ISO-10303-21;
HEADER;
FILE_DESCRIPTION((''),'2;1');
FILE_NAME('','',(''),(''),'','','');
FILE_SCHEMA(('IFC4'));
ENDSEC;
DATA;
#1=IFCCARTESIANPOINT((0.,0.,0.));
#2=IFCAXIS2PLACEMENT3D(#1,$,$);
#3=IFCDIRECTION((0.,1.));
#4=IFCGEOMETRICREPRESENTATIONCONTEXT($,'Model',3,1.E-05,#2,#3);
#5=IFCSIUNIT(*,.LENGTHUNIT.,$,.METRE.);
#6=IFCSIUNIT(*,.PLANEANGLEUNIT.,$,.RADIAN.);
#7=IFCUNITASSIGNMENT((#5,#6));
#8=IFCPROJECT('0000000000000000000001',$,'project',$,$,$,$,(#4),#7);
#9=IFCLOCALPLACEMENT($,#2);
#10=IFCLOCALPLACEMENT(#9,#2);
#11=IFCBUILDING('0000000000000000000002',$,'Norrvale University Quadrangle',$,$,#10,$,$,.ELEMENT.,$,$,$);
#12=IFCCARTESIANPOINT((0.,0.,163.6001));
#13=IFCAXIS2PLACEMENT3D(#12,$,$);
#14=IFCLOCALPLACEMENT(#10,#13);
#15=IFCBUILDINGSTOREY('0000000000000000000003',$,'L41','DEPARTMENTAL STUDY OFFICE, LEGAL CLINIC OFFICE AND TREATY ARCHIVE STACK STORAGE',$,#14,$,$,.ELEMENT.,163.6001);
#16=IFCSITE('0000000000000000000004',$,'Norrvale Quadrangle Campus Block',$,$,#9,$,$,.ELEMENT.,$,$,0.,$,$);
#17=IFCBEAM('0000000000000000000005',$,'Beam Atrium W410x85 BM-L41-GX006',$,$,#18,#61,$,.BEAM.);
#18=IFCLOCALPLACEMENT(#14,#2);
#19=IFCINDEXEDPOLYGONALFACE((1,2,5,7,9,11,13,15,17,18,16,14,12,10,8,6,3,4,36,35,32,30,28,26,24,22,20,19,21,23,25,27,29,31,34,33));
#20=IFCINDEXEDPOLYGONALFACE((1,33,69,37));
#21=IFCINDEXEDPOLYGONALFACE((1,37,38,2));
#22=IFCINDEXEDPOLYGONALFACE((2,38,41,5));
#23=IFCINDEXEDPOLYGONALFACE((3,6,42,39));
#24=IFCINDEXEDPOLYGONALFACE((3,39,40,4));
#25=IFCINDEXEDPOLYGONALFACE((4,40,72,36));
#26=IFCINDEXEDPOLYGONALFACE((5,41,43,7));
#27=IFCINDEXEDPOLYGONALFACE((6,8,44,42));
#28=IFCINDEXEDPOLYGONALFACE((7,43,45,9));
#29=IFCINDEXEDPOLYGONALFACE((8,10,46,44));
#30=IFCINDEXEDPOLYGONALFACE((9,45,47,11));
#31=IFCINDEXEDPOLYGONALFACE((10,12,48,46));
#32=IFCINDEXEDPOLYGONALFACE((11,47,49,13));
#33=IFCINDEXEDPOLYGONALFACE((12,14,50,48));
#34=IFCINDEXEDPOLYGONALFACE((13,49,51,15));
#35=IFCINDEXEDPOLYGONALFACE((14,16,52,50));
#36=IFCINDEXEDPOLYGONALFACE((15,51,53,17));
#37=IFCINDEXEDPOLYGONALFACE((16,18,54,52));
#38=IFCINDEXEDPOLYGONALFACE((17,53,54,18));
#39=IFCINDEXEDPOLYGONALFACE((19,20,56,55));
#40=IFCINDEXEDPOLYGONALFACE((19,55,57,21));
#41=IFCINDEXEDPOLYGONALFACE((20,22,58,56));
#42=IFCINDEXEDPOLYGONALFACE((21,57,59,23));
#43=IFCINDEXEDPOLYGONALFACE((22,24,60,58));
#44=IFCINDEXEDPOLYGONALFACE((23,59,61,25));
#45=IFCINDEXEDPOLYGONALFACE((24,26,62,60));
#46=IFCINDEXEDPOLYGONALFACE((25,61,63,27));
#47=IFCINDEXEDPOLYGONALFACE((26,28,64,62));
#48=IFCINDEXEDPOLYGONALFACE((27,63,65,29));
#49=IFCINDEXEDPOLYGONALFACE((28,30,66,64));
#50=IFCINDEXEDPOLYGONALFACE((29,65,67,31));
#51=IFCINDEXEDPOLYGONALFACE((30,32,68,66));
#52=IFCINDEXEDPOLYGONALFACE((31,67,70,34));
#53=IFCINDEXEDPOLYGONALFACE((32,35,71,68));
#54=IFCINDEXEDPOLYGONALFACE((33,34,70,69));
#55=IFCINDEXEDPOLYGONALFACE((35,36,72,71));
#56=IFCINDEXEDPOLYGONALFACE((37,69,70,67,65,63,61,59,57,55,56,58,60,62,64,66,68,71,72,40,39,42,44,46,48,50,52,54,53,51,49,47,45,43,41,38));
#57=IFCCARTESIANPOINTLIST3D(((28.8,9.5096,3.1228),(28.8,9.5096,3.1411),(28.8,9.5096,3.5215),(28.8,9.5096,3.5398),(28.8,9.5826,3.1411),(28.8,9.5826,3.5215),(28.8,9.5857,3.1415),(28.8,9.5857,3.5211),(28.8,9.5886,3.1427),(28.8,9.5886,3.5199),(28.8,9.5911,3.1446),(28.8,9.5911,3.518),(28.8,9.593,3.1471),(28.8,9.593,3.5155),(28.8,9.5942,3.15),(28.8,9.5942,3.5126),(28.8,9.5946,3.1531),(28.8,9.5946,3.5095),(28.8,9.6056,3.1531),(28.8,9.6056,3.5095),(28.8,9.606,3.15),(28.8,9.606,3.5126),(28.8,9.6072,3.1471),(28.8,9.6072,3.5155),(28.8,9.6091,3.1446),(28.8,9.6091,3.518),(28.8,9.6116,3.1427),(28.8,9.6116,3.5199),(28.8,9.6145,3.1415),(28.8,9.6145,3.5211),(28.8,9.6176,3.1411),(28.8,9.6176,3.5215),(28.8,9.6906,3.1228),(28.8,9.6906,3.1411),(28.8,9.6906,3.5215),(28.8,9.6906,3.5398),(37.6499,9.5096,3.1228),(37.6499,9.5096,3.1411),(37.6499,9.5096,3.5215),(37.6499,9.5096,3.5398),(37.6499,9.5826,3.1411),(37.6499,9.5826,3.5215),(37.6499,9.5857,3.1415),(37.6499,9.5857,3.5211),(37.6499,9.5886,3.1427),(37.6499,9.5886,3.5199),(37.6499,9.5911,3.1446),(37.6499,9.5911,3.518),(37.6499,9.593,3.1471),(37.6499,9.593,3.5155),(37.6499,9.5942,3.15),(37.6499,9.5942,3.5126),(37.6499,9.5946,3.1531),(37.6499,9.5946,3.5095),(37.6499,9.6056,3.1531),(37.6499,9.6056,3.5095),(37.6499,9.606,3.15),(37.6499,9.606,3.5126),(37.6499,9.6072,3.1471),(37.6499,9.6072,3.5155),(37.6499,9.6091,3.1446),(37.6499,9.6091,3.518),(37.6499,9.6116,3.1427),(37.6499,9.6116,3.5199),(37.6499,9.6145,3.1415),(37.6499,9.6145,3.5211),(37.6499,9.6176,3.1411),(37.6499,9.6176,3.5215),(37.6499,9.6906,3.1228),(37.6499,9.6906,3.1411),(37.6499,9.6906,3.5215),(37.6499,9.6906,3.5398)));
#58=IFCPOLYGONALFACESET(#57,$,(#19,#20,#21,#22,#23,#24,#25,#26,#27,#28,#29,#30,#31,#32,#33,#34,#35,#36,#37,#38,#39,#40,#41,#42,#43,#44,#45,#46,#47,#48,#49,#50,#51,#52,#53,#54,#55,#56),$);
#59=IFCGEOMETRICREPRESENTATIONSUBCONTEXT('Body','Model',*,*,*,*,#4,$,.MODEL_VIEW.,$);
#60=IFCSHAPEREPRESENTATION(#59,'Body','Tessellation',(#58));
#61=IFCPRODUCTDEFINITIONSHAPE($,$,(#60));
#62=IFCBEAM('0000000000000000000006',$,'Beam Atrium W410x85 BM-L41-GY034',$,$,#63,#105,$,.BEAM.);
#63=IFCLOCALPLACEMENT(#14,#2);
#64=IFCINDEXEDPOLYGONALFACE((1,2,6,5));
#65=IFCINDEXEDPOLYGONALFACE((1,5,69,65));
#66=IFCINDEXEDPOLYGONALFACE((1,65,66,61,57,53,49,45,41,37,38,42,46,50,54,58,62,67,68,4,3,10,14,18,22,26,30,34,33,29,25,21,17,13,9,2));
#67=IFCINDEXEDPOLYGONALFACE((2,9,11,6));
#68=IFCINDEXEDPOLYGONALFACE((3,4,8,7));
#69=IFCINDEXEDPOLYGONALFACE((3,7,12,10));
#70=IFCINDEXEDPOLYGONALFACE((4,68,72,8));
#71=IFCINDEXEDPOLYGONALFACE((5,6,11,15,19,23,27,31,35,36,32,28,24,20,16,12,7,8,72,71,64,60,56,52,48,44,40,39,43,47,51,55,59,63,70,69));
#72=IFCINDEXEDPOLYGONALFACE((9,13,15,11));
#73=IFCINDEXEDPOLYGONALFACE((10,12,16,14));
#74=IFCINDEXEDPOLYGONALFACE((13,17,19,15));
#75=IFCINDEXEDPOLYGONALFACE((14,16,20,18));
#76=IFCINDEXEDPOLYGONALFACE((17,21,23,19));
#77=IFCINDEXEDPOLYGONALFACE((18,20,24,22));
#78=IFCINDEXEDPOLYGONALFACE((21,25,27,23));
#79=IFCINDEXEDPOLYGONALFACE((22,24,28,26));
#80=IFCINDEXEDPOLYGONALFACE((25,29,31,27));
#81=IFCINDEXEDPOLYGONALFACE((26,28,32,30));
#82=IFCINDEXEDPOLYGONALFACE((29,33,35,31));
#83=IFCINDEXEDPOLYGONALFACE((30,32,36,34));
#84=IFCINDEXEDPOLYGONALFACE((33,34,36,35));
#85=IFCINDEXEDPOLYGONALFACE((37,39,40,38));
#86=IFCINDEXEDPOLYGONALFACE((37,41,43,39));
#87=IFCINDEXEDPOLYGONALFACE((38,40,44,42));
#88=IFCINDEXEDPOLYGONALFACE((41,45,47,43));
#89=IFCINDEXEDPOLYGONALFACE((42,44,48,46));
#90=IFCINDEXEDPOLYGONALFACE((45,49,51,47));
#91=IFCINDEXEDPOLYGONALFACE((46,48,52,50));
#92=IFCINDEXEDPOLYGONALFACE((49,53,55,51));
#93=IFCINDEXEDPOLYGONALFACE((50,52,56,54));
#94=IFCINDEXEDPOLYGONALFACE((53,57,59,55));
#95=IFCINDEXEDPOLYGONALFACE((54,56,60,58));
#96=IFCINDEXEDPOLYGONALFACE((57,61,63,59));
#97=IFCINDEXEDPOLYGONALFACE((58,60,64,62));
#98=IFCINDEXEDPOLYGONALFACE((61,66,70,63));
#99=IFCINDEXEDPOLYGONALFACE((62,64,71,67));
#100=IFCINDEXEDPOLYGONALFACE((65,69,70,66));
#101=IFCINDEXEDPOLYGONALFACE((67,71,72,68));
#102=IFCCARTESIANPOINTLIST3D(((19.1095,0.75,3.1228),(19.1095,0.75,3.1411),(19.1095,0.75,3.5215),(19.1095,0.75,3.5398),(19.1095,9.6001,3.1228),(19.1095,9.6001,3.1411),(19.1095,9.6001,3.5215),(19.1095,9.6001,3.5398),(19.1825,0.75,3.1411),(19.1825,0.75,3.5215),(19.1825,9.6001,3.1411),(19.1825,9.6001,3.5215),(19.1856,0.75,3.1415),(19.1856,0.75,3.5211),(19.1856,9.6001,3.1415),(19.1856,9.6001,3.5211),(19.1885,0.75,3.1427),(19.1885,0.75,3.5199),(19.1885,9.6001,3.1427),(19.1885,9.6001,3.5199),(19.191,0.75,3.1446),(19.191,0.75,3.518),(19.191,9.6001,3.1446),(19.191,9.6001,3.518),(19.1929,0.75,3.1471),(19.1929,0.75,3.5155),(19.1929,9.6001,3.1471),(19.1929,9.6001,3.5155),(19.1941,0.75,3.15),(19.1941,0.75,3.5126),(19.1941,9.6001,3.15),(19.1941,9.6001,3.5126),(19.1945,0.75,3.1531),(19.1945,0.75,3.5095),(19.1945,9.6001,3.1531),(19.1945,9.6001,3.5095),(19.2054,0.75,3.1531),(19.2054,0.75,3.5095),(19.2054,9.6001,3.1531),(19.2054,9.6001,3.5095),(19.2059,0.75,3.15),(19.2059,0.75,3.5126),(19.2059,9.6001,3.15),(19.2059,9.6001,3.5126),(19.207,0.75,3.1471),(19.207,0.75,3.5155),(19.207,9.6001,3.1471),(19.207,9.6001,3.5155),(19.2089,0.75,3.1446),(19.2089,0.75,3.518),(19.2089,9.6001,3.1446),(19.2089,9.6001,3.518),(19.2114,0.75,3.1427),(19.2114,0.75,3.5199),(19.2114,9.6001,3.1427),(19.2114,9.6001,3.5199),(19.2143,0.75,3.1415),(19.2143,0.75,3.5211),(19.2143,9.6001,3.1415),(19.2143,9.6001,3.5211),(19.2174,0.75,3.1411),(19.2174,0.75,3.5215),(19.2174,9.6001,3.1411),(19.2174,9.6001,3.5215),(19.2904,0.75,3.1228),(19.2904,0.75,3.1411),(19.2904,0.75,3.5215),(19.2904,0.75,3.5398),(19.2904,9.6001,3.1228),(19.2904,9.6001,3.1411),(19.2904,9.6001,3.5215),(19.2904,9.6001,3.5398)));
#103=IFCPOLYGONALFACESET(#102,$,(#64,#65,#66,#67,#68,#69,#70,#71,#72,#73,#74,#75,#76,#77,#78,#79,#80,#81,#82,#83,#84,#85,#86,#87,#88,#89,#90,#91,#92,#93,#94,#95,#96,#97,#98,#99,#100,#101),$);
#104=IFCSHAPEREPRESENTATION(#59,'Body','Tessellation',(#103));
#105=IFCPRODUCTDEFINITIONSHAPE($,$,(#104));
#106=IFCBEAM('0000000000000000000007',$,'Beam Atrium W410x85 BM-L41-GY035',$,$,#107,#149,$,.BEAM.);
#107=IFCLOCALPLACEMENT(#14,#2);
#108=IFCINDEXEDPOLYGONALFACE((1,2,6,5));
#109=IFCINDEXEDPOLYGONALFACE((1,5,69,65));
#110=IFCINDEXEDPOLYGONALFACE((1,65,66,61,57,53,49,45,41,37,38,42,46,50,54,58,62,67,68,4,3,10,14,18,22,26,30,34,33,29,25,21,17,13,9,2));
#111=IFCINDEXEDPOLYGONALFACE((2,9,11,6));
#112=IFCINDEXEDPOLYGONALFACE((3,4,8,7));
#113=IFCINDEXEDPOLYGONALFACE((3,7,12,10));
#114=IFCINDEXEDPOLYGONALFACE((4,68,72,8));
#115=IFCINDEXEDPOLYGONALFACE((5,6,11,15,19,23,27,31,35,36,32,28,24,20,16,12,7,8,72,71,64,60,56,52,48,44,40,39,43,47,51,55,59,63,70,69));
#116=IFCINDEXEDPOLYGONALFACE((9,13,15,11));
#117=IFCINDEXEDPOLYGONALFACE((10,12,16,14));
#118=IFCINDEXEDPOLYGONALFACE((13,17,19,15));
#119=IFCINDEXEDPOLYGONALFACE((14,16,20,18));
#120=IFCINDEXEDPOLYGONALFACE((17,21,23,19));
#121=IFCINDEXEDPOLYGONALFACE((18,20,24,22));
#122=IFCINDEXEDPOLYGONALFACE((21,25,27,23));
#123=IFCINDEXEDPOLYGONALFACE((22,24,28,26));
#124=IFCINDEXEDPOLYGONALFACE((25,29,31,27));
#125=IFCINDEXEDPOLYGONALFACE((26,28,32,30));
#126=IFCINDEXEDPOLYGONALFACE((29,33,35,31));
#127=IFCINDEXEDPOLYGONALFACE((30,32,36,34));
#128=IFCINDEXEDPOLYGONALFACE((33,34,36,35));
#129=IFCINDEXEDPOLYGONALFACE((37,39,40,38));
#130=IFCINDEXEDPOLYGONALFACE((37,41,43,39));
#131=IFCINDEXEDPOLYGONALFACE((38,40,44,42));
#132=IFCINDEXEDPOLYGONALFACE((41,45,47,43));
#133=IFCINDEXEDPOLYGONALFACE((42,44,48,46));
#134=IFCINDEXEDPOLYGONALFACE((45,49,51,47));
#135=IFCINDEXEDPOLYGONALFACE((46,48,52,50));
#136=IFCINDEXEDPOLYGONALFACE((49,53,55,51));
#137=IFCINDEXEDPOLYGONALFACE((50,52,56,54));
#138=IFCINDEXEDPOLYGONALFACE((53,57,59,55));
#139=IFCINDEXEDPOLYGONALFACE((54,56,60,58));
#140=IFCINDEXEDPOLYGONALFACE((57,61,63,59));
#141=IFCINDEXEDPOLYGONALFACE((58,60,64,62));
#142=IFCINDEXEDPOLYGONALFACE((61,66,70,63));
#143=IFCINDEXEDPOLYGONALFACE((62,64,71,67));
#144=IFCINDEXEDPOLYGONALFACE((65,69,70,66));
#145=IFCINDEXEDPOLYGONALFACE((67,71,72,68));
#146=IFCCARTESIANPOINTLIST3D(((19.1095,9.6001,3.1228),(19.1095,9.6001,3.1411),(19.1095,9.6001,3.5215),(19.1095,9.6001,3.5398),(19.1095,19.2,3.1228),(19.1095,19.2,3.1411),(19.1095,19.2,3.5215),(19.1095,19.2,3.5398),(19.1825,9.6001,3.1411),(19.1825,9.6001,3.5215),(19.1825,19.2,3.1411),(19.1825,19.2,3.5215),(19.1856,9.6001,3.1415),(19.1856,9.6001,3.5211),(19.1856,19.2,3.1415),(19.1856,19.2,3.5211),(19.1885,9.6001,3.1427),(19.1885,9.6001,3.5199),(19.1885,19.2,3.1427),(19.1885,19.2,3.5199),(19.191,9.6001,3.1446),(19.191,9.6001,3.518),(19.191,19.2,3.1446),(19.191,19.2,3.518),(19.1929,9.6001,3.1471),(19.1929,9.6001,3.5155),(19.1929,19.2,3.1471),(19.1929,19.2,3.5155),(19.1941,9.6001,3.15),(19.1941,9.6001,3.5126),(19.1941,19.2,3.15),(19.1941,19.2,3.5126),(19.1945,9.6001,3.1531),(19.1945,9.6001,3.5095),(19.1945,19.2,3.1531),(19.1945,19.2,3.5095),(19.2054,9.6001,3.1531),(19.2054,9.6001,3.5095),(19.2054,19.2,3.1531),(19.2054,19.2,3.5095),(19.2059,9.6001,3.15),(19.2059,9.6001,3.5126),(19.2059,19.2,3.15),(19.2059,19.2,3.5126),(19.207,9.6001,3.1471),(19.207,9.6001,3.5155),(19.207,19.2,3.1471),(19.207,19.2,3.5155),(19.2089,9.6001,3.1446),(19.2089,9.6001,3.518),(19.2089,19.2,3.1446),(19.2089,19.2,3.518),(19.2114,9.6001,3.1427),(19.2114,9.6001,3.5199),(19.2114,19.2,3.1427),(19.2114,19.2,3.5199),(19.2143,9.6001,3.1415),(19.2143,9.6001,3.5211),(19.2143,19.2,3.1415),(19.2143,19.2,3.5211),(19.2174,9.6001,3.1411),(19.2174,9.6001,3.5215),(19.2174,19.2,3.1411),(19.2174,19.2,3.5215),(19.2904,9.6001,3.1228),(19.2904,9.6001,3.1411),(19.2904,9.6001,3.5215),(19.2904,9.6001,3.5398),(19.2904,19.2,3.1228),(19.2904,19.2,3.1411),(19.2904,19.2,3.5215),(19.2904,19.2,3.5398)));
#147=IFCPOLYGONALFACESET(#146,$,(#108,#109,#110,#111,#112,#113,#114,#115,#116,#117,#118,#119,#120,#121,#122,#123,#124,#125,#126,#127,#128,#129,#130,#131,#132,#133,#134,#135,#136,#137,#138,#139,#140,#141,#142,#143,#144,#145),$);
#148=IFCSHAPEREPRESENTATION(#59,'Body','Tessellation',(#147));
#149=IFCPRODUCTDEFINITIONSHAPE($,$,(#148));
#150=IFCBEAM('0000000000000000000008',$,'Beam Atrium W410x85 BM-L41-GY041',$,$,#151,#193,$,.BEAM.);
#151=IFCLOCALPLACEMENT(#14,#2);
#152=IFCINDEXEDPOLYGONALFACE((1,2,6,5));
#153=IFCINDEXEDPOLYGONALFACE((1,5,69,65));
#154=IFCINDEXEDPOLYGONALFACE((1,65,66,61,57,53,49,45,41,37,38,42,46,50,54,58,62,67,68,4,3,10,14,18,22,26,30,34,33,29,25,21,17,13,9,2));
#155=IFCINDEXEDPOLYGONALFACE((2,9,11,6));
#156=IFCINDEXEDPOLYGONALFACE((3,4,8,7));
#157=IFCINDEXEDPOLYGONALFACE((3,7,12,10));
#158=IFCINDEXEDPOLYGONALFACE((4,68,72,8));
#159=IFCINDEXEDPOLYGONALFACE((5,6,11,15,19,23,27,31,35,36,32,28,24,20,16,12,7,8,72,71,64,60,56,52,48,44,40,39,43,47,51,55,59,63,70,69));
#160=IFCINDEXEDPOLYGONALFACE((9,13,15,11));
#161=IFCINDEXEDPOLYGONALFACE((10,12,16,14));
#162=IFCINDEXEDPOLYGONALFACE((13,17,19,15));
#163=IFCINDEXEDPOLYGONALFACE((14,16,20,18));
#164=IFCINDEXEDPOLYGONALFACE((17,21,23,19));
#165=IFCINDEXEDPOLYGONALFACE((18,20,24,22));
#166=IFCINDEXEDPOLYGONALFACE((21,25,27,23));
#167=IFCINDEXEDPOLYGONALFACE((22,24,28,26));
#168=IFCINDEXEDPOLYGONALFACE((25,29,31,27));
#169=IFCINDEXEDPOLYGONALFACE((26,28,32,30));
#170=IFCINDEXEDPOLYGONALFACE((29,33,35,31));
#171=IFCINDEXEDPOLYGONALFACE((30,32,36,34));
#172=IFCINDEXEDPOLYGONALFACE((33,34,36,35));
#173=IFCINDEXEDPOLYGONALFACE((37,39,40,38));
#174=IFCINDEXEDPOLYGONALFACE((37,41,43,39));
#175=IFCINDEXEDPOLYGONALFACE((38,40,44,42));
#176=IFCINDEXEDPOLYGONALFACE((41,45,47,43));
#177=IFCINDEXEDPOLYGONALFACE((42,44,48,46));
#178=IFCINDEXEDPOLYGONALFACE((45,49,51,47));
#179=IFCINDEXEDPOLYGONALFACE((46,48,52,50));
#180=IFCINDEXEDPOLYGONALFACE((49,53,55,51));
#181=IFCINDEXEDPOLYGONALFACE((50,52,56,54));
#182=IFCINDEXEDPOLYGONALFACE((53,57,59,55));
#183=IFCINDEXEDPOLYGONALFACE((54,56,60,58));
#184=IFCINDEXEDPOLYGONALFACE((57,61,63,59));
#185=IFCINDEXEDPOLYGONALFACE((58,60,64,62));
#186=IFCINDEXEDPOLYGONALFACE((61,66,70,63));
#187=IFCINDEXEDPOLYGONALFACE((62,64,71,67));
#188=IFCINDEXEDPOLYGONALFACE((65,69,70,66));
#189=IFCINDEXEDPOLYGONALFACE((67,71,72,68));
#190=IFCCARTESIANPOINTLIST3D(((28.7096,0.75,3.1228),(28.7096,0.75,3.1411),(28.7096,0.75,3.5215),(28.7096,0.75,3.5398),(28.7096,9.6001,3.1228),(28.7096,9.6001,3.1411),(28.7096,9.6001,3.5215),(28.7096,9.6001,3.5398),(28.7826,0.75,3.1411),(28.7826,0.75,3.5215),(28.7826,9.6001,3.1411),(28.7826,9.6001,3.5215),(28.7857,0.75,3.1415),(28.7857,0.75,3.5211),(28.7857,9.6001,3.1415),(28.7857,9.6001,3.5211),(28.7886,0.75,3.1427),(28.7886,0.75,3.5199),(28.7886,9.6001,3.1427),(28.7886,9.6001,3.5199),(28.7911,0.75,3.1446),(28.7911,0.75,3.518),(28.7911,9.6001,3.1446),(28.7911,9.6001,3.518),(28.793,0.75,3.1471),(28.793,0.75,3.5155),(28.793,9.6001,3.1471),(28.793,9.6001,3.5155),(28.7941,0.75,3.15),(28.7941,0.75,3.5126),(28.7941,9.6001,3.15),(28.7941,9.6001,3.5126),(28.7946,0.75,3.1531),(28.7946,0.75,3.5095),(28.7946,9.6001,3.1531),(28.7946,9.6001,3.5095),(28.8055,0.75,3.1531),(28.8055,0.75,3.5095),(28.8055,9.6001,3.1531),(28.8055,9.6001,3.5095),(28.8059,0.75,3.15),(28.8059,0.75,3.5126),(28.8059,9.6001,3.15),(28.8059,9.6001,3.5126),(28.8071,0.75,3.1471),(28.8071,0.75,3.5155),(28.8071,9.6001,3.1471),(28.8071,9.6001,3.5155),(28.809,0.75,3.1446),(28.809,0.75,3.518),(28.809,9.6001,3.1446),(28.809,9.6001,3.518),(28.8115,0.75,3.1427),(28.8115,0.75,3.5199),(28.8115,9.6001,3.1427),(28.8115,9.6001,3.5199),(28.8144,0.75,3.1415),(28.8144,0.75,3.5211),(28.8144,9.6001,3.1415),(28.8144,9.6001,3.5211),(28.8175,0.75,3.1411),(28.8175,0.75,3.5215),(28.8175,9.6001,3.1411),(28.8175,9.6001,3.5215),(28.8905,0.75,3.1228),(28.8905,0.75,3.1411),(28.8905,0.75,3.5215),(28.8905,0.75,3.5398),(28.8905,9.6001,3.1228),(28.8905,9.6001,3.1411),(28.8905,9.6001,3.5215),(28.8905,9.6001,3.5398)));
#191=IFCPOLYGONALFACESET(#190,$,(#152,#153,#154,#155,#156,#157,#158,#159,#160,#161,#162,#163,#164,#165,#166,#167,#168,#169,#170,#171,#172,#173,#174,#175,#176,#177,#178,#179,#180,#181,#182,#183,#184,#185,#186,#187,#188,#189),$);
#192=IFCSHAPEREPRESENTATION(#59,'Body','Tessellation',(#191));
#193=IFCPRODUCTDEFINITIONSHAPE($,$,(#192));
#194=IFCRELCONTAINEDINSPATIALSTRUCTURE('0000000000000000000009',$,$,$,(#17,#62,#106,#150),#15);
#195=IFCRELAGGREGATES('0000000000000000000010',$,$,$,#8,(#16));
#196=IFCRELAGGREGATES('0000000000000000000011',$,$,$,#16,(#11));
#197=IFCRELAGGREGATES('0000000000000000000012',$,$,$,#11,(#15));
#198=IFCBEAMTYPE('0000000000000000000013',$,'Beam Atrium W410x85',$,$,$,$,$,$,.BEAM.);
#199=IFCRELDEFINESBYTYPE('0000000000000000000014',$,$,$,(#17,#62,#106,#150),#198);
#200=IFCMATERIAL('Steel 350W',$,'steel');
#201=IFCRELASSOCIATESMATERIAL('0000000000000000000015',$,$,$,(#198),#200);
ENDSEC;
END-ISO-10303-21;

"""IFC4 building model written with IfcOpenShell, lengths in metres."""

from ifc_helpers import new_model, si_unit, direction, frame, origin, origin_2d, place, context, subcontext, project, spatial, i_section, extrude, material, material_profile, profile_set, type_object, element, save


model = new_model("IFC4")

# Units and contexts
model_context = context("Model", 3, precision=1e-05, world=origin(), true_north=direction((0.0, 1.0)))
body_context = subcontext(model_context, "Body", "Model", "MODEL_VIEW")
ifc_project = project(units=[si_unit("LENGTHUNIT", "METRE"), si_unit("PLANEANGLEUNIT", "RADIAN")], contexts=[model_context])

# Site, building, storey
site_placement = place(None, origin())
site = spatial("IfcSite", under=ifc_project, at=site_placement, Name="Norrvale Quadrangle Campus Block", CompositionType="ELEMENT", RefElevation=0.0)
building_placement = place(site_placement, origin())
building = spatial("IfcBuilding", under=site, at=building_placement, Name="Norrvale University Quadrangle", CompositionType="ELEMENT")
storey_placement = place(building_placement, frame((0.0, 0.0, 163.6001)))
storey = spatial("IfcBuildingStorey", under=building, at=storey_placement, Name="L41", Description="DEPARTMENTAL STUDY OFFICE, LEGAL CLINIC OFFICE AND TREATY ARCHIVE STACK STORAGE", CompositionType="ELEMENT", Elevation=163.6001)

# Beams
ifc_material_1 = material(Name="Steel 350W", Category="steel")
ifc_material_profile_1 = material_profile(ifc_material_1, i_section(OverallWidth=0.1809, OverallDepth=0.417, WebThickness=0.011, FlangeThickness=0.0183, FilletRadius=0.012, at=origin_2d()), Name="Steel 350W")
ifc_profile_set_1 = profile_set([ifc_material_profile_1], Name="Steel 350W")
beam_type_1 = type_object("IfcBeamType", Name="Beam Atrium W410x85", PredefinedType="BEAM", material=ifc_profile_set_1)
beam_1_placement = place(storey_placement, frame((28.8, 9.6001, 3.3313), z_axis=(1.0, 0.0, 0.0), x_axis=(0.0, 1.0, 0.0)))
element("IfcBeam", 1, at=beam_1_placement, inside=storey, type_object=beam_type_1, Name="Beam Atrium W410x85 BM-L41-GX006", PredefinedType="BEAM", context=body_context, shape_type="SweptSolid", body=[
    extrude(i_section(OverallWidth=0.1809, OverallDepth=0.417, WebThickness=0.011, FlangeThickness=0.0183, FilletRadius=0.012, at=origin_2d()), origin(), (0.0, 0.0, 1.0), 8.8499),
])
beam_2_placement = place(storey_placement, frame((19.2, 0.75, 3.3313), z_axis=(0.0, 1.0, 0.0), x_axis=(-1.0, 0.0, 0.0)))
element("IfcBeam", 2, at=beam_2_placement, inside=storey, type_object=beam_type_1, Name="Beam Atrium W410x85 BM-L41-GY034", PredefinedType="BEAM", context=body_context, shape_type="SweptSolid", body=[
    extrude(i_section(OverallWidth=0.1809, OverallDepth=0.417, WebThickness=0.011, FlangeThickness=0.0183, FilletRadius=0.012, at=origin_2d()), origin(), (0.0, 0.0, 1.0), 8.8501),
])
beam_3_placement = place(storey_placement, frame((19.2, 9.6001, 3.3313), z_axis=(0.0, 1.0, 0.0), x_axis=(-1.0, 0.0, 0.0)))
element("IfcBeam", 3, at=beam_3_placement, inside=storey, type_object=beam_type_1, Name="Beam Atrium W410x85 BM-L41-GY035", PredefinedType="BEAM", context=body_context, shape_type="SweptSolid", body=[
    extrude(i_section(OverallWidth=0.1809, OverallDepth=0.417, WebThickness=0.011, FlangeThickness=0.0183, FilletRadius=0.012, at=origin_2d()), origin(), (0.0, 0.0, 1.0), 9.5999),
])
beam_4_placement = place(storey_placement, frame((28.8, 0.75, 3.3313), z_axis=(0.0, 1.0, 0.0), x_axis=(-1.0, 0.0, 0.0)))
element("IfcBeam", 4, at=beam_4_placement, inside=storey, type_object=beam_type_1, Name="Beam Atrium W410x85 BM-L41-GY041", PredefinedType="BEAM", context=body_context, shape_type="SweptSolid", body=[
    extrude(i_section(OverallWidth=0.1809, OverallDepth=0.417, WebThickness=0.011, FlangeThickness=0.0183, FilletRadius=0.012, at=origin_2d()), origin(), (0.0, 0.0, 1.0), 8.8501),
])

save(model, "model.ifc")
